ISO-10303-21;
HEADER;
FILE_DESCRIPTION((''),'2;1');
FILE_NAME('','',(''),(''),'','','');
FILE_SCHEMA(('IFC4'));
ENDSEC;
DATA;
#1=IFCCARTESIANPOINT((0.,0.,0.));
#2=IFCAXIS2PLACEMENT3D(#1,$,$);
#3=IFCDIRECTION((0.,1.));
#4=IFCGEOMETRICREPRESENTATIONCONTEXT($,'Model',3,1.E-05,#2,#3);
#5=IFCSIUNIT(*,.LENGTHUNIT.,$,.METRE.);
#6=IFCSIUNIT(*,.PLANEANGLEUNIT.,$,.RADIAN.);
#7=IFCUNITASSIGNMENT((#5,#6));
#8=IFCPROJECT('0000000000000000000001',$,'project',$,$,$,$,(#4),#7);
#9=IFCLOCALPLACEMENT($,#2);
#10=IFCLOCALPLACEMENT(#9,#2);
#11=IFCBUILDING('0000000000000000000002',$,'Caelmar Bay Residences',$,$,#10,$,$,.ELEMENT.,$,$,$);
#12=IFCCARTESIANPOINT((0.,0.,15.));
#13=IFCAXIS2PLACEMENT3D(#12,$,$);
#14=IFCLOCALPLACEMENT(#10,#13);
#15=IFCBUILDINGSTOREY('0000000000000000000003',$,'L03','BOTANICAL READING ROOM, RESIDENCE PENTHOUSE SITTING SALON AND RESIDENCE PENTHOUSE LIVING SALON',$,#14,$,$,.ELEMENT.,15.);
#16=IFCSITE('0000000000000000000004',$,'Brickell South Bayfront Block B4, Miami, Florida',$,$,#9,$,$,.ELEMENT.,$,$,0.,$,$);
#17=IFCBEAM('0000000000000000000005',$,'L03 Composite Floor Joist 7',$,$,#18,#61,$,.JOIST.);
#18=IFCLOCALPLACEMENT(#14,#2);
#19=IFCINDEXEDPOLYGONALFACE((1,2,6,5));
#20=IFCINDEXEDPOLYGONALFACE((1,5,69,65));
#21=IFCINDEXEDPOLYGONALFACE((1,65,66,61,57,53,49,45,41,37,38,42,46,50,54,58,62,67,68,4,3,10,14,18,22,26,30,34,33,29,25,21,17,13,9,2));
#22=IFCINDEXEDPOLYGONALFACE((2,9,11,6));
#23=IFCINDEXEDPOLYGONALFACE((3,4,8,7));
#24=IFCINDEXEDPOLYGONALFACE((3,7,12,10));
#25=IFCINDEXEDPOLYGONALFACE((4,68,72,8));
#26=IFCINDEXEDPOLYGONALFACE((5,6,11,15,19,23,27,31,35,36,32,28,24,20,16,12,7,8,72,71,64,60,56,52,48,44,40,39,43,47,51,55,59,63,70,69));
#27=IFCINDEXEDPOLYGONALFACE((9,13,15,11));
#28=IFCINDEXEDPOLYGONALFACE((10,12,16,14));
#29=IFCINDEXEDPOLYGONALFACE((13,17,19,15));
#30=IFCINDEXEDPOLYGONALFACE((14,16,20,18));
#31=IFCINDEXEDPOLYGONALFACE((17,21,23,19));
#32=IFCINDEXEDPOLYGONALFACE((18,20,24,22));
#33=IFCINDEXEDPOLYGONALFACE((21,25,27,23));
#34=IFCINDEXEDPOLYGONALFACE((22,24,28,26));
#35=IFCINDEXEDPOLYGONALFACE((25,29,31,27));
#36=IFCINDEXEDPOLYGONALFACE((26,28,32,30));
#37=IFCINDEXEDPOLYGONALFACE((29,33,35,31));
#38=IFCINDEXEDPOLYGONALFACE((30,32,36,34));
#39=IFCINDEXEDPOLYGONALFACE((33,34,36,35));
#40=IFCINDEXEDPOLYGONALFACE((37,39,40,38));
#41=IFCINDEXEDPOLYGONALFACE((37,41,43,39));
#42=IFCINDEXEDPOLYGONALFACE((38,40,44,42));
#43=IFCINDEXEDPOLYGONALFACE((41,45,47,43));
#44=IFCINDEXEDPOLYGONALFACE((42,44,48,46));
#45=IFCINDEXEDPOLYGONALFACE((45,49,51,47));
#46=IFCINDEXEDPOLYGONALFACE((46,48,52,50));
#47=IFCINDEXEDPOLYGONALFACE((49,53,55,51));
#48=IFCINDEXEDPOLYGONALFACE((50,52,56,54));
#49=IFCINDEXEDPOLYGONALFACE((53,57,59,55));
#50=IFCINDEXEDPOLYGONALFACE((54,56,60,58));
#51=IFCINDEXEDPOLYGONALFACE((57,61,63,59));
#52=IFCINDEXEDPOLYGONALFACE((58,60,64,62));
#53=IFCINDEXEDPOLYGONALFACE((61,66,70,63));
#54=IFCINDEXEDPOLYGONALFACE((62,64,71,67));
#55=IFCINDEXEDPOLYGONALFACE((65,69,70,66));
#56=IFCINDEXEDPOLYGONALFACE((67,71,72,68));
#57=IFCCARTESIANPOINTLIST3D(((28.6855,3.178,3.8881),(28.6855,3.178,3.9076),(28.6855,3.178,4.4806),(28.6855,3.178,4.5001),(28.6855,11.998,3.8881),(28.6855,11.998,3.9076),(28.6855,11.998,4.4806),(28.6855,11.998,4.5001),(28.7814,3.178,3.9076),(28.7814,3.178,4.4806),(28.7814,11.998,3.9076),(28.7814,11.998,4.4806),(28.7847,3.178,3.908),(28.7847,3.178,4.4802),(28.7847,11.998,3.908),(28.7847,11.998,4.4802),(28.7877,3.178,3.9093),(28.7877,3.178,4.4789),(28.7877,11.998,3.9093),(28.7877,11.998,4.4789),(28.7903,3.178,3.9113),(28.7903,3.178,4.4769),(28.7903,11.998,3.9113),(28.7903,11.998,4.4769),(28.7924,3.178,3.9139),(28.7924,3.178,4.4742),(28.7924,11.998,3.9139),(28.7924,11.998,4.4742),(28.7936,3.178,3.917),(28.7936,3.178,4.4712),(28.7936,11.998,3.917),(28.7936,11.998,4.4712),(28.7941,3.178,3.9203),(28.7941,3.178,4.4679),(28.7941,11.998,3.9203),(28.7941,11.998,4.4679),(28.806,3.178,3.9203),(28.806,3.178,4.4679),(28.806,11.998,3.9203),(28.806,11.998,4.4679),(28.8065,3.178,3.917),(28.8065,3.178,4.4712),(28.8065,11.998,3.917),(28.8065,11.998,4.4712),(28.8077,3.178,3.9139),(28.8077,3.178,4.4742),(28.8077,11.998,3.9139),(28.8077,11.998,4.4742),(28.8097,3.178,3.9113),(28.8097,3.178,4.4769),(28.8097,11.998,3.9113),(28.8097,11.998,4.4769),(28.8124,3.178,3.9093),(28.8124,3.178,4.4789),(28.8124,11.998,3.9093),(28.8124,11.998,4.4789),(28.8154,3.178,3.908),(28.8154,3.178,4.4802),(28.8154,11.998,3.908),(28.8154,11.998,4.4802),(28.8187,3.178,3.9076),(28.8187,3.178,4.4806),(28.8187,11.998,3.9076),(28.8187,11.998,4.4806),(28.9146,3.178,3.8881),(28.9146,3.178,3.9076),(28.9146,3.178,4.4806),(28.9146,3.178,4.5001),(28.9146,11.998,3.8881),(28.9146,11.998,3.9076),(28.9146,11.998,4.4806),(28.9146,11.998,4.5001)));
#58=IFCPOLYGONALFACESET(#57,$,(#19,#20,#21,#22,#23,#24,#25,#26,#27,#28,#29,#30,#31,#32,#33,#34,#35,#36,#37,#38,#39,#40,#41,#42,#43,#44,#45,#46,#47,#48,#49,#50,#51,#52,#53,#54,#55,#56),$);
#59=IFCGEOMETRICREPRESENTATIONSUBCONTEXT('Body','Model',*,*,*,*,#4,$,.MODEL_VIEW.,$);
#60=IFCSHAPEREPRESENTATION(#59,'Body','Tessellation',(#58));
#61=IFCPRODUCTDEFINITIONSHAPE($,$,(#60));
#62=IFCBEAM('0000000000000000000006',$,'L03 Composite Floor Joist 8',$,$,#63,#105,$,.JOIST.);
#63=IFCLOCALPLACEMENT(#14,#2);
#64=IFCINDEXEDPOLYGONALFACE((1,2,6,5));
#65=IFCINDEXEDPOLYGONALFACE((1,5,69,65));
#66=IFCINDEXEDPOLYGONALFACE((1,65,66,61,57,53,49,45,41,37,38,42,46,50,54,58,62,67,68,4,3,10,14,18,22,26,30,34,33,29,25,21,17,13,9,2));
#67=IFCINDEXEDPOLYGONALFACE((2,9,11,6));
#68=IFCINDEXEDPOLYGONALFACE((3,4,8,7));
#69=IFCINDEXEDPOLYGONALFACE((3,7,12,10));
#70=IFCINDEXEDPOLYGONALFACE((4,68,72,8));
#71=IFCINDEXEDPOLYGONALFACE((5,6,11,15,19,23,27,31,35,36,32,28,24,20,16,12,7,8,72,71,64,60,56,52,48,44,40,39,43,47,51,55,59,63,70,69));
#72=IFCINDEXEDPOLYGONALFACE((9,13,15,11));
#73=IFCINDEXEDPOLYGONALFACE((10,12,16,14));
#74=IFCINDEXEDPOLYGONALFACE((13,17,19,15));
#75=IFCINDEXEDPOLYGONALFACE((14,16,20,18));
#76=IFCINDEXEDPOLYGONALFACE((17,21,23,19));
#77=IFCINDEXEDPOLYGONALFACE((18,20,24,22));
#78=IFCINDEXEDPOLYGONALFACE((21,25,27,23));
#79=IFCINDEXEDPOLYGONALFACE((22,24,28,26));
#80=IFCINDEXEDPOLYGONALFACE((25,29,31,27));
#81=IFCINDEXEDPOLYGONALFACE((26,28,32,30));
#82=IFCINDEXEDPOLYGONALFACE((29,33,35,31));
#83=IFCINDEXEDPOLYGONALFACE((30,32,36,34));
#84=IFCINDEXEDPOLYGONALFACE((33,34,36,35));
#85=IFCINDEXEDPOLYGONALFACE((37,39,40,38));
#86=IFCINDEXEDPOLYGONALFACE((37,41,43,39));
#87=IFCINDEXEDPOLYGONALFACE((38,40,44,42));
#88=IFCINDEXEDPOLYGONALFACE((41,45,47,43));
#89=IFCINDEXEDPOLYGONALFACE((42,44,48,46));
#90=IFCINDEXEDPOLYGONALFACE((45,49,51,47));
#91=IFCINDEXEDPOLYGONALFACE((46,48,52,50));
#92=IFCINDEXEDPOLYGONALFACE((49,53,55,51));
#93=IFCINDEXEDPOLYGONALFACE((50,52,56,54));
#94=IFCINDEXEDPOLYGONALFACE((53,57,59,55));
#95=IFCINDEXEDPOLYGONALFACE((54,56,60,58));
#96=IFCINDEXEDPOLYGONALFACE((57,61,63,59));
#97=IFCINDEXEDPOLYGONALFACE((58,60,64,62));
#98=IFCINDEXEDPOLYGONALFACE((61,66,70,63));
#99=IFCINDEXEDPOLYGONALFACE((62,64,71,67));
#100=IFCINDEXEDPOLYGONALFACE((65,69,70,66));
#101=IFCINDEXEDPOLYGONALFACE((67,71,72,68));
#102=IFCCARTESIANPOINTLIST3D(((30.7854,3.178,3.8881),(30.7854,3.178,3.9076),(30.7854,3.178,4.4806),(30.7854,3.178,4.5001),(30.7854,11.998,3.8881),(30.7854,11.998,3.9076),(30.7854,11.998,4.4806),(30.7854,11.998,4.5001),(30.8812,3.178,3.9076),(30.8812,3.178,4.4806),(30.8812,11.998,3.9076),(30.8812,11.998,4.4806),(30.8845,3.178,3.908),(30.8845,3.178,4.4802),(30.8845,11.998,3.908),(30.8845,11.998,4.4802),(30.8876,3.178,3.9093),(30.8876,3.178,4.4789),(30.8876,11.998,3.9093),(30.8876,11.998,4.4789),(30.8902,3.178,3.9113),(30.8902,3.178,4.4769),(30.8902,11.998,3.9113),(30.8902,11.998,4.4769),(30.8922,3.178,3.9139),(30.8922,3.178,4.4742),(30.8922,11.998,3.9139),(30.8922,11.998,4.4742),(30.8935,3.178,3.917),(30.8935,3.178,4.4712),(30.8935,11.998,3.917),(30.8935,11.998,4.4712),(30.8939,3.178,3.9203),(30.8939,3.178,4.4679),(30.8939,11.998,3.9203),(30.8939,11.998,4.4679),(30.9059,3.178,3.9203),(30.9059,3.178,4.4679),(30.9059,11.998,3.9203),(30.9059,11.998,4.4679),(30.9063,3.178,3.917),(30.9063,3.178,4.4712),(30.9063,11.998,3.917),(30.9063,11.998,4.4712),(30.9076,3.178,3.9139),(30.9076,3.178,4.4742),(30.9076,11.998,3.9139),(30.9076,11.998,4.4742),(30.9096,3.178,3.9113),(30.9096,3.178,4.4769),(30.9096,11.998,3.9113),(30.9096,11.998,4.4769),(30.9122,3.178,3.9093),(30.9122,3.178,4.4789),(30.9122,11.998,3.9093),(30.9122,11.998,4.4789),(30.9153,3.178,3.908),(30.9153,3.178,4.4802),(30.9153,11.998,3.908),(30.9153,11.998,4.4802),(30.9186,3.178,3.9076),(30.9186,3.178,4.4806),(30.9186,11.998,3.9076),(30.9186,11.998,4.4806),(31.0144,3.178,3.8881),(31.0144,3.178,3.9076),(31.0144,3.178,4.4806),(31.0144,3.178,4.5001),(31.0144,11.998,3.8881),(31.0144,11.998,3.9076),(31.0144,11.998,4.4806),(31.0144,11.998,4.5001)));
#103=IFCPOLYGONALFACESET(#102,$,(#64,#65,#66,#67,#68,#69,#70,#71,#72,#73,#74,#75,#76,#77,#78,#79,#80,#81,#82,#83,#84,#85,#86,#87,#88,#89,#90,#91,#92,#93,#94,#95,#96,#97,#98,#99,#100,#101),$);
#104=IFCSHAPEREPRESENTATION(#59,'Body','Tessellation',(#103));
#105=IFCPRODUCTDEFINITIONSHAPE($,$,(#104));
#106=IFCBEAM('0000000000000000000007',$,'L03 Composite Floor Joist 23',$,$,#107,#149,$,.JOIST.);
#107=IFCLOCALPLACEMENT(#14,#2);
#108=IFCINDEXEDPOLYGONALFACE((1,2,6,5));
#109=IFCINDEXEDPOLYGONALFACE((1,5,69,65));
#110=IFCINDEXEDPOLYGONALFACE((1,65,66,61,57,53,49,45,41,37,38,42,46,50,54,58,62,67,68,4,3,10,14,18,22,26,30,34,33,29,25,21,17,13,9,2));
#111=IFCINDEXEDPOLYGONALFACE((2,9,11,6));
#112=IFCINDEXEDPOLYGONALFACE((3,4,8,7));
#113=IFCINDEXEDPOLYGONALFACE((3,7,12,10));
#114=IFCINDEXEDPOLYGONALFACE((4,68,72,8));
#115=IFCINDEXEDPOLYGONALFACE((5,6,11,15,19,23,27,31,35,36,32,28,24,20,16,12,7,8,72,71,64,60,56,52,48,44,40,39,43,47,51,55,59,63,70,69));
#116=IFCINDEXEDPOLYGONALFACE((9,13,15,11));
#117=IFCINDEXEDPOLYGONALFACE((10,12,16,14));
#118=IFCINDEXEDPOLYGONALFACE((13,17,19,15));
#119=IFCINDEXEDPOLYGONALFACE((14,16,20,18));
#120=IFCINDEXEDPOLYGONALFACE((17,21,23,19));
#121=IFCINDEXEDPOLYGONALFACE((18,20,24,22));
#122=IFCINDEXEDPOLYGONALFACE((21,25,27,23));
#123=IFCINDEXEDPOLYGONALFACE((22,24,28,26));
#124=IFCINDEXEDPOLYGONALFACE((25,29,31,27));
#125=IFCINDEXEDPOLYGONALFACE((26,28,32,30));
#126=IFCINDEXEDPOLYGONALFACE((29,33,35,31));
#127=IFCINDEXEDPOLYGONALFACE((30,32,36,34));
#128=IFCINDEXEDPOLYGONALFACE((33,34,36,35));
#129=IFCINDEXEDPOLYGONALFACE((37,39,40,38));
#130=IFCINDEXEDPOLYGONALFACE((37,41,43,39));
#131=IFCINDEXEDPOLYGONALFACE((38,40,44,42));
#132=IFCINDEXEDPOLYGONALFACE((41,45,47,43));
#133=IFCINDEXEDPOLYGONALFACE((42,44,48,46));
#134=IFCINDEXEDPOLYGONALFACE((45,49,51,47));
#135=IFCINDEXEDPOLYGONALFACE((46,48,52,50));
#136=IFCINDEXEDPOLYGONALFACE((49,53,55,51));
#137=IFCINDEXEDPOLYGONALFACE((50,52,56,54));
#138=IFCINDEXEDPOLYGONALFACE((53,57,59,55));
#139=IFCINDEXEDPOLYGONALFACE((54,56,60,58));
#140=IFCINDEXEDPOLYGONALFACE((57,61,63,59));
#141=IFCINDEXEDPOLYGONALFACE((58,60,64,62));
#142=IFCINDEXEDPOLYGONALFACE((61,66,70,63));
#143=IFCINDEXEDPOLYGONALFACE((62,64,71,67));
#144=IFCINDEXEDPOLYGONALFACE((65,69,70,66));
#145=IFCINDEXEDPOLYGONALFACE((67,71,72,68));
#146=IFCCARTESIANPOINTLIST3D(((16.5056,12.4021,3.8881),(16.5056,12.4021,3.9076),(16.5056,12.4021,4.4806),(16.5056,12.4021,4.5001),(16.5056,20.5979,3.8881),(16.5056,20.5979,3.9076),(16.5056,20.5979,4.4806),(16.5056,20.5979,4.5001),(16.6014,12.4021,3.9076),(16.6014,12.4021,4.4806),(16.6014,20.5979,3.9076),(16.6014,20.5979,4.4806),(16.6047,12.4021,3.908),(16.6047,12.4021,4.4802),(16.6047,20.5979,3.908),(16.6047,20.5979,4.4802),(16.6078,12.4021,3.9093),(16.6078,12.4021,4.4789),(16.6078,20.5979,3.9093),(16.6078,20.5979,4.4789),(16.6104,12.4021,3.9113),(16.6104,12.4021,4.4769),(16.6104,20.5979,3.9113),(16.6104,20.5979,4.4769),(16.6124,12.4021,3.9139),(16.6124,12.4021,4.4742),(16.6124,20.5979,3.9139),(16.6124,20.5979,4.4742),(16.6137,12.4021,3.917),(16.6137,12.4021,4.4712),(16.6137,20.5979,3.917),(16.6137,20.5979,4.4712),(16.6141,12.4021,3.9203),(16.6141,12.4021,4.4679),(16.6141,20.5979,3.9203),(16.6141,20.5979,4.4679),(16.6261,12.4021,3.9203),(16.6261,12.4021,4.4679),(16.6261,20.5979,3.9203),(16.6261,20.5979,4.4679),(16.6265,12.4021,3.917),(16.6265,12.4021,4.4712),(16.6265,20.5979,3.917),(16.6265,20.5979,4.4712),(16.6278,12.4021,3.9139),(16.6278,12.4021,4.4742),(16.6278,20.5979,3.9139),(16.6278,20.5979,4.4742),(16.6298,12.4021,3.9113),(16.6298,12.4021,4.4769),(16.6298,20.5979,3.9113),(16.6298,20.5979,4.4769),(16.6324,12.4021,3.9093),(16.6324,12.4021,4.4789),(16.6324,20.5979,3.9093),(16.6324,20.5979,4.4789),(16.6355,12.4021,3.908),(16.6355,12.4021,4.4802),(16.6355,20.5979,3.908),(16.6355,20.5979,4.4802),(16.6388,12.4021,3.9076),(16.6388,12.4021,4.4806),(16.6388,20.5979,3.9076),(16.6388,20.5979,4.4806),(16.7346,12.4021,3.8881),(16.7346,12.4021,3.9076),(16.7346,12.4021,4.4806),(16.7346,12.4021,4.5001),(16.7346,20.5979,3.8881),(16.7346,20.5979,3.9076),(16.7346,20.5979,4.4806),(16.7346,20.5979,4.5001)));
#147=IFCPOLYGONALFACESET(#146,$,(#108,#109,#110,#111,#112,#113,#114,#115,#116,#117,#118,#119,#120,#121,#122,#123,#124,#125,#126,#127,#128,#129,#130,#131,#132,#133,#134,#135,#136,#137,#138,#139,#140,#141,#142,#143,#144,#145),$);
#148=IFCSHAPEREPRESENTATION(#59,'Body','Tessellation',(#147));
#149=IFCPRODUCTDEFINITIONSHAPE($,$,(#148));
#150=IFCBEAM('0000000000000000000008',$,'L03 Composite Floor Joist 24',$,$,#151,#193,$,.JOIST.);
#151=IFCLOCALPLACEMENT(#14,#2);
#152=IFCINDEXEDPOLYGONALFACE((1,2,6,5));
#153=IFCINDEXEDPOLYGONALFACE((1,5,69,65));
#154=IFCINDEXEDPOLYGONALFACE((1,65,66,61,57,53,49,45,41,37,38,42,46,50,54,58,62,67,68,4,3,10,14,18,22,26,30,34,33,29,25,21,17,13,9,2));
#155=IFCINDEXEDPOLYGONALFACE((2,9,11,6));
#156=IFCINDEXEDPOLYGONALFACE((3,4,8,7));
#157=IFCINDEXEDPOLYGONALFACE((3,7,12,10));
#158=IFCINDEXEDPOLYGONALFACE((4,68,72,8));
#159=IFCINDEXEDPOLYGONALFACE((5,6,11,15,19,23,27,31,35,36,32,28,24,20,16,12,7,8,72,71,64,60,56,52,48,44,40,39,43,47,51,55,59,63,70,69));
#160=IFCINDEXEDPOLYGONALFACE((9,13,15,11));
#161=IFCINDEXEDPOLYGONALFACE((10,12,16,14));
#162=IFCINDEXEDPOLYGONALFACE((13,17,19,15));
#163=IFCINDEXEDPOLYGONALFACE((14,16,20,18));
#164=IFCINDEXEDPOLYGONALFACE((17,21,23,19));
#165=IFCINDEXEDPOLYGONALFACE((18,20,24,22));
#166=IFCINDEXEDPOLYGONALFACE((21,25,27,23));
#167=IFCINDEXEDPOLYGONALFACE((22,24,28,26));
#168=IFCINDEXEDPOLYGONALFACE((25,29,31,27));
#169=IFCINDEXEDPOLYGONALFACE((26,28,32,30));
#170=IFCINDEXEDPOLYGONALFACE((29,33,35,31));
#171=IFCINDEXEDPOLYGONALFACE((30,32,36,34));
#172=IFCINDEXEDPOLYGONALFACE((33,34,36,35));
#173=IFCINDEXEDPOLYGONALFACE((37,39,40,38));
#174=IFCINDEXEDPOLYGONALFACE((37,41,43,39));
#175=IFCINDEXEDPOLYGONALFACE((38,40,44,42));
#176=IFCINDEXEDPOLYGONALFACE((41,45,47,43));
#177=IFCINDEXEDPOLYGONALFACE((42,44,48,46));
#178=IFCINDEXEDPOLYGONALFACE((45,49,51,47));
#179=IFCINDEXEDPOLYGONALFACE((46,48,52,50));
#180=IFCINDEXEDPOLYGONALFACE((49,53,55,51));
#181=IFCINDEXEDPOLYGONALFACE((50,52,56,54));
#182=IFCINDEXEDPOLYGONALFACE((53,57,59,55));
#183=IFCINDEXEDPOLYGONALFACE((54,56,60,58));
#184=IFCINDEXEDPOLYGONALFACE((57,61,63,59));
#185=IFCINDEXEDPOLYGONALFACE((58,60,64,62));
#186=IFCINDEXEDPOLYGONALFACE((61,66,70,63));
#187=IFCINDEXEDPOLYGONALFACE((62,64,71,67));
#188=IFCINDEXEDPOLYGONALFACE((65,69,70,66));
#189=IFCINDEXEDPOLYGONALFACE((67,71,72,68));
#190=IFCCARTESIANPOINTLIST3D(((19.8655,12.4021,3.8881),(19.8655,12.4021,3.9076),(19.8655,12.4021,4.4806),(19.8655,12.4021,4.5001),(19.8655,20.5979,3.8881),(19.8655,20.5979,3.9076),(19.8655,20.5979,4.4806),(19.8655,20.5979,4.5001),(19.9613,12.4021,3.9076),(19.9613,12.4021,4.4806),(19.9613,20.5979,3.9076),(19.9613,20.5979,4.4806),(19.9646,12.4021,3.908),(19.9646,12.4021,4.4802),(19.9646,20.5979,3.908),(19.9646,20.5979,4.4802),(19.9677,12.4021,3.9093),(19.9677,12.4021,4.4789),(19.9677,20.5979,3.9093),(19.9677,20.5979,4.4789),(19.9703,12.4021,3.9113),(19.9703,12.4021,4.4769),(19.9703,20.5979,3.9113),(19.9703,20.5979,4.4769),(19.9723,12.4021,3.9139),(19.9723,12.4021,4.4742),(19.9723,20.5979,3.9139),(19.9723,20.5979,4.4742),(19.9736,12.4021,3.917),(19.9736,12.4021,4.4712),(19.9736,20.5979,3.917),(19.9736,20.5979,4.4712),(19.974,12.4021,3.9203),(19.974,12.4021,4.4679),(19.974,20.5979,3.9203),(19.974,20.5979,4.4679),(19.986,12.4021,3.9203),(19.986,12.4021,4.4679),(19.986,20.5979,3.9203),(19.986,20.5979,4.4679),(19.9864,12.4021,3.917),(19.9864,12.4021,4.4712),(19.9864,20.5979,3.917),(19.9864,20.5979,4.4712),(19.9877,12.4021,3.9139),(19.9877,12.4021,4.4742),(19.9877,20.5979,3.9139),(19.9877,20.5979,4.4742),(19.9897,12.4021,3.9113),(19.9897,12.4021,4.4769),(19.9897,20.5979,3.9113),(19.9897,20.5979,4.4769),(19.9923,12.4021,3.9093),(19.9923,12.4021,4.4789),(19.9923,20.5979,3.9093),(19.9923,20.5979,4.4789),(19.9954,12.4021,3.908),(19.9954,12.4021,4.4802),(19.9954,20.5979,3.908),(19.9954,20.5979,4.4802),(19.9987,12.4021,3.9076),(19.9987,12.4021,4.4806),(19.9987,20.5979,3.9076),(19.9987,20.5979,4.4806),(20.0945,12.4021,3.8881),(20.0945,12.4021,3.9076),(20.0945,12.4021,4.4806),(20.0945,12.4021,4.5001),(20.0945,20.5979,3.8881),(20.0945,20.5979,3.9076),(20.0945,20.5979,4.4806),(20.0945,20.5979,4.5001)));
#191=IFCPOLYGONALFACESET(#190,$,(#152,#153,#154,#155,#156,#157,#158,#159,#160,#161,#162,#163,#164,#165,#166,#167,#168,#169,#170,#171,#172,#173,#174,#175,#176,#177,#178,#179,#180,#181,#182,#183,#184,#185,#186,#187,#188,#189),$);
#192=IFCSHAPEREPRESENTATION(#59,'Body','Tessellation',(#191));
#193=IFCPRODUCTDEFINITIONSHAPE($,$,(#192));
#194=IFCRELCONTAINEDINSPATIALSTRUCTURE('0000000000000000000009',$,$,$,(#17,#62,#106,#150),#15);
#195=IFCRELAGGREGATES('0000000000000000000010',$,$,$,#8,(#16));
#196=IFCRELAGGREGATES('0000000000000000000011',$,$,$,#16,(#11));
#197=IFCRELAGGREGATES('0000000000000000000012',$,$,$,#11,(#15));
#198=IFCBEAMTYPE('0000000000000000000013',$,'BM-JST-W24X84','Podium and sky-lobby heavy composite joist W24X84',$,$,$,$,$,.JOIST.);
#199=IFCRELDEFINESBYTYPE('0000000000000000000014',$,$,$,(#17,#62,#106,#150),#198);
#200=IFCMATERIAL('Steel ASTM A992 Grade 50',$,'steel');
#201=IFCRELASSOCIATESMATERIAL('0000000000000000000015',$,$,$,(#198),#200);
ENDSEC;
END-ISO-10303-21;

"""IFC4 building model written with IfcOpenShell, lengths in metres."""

from ifc_helpers import new_model, si_unit, direction, frame, origin, origin_2d, place, context, subcontext, project, spatial, i_section, extrude, material, material_profile, profile_set, type_object, element, save


model = new_model("IFC4")

# Units and contexts
model_context = context("Model", 3, precision=1e-05, world=origin(), true_north=direction((0.0, 1.0)))
body_context = subcontext(model_context, "Body", "Model", "MODEL_VIEW")
ifc_project = project(units=[si_unit("LENGTHUNIT", "METRE"), si_unit("PLANEANGLEUNIT", "RADIAN")], contexts=[model_context])

# Site, building, storey
site_placement = place(None, origin())
site = spatial("IfcSite", under=ifc_project, at=site_placement, Name="Brickell South Bayfront Block B4, Miami, Florida", CompositionType="ELEMENT", RefElevation=0.0)
building_placement = place(site_placement, origin())
building = spatial("IfcBuilding", under=site, at=building_placement, Name="Caelmar Bay Residences", CompositionType="ELEMENT")
storey_placement = place(building_placement, frame((0.0, 0.0, 15.0)))
storey = spatial("IfcBuildingStorey", under=building, at=storey_placement, Name="L03", Description="BOTANICAL READING ROOM, RESIDENCE PENTHOUSE SITTING SALON AND RESIDENCE PENTHOUSE LIVING SALON", CompositionType="ELEMENT", Elevation=15.0)

# Beams
ifc_material_1 = material(Name="Steel ASTM A992 Grade 50", Category="steel")
ifc_material_profile_1 = material_profile(ifc_material_1, i_section(OverallWidth=0.229, OverallDepth=0.6121, WebThickness=0.012, FlangeThickness=0.0195, FilletRadius=0.0127, at=origin_2d()), Name="W24X84")
ifc_profile_set_1 = profile_set([ifc_material_profile_1], Name="Steel ASTM A992 Grade 50")
beam_type_1 = type_object("IfcBeamType", Name="BM-JST-W24X84", Description="Podium and sky-lobby heavy composite joist W24X84", PredefinedType="JOIST", material=ifc_profile_set_1)
for number, where, z_axis, x_axis, name in (
    (1, (28.8, 3.178, 4.1941), (0.0, 1.0, 0.0), (-1.0, 0.0, 0.0), "L03 Composite Floor Joist 7"),
    (2, (30.8999, 3.178, 4.1941), (0.0, 1.0, 0.0), (-1.0, 0.0, 0.0), "L03 Composite Floor Joist 8"),
):
    element("IfcBeam", number, at=place(storey_placement, frame(where, z_axis=z_axis, x_axis=x_axis)), inside=storey, type_object=beam_type_1, Name=name, PredefinedType="JOIST", context=body_context, shape_type="SweptSolid", body=[
        extrude(i_section(OverallWidth=0.229, OverallDepth=0.6121, WebThickness=0.012, FlangeThickness=0.0195, FilletRadius=0.0127, at=origin_2d()), origin(), (0.0, 0.0, 1.0), 8.8201),
    ])
for number, where, z_axis, x_axis, name in (
    (3, (16.6201, 12.4021, 4.1941), (0.0, 1.0, 0.0), (-1.0, 0.0, 0.0), "L03 Composite Floor Joist 23"),
    (4, (19.98, 12.4021, 4.1941), (0.0, 1.0, 0.0), (-1.0, 0.0, 0.0), "L03 Composite Floor Joist 24"),
):
    element("IfcBeam", number, at=place(storey_placement, frame(where, z_axis=z_axis, x_axis=x_axis)), inside=storey, type_object=beam_type_1, Name=name, PredefinedType="JOIST", context=body_context, shape_type="SweptSolid", body=[
        extrude(i_section(OverallWidth=0.229, OverallDepth=0.6121, WebThickness=0.012, FlangeThickness=0.0195, FilletRadius=0.0127, at=origin_2d()), origin(), (0.0, 0.0, 1.0), 8.1958),
    ])

save(model, "model.ifc")
